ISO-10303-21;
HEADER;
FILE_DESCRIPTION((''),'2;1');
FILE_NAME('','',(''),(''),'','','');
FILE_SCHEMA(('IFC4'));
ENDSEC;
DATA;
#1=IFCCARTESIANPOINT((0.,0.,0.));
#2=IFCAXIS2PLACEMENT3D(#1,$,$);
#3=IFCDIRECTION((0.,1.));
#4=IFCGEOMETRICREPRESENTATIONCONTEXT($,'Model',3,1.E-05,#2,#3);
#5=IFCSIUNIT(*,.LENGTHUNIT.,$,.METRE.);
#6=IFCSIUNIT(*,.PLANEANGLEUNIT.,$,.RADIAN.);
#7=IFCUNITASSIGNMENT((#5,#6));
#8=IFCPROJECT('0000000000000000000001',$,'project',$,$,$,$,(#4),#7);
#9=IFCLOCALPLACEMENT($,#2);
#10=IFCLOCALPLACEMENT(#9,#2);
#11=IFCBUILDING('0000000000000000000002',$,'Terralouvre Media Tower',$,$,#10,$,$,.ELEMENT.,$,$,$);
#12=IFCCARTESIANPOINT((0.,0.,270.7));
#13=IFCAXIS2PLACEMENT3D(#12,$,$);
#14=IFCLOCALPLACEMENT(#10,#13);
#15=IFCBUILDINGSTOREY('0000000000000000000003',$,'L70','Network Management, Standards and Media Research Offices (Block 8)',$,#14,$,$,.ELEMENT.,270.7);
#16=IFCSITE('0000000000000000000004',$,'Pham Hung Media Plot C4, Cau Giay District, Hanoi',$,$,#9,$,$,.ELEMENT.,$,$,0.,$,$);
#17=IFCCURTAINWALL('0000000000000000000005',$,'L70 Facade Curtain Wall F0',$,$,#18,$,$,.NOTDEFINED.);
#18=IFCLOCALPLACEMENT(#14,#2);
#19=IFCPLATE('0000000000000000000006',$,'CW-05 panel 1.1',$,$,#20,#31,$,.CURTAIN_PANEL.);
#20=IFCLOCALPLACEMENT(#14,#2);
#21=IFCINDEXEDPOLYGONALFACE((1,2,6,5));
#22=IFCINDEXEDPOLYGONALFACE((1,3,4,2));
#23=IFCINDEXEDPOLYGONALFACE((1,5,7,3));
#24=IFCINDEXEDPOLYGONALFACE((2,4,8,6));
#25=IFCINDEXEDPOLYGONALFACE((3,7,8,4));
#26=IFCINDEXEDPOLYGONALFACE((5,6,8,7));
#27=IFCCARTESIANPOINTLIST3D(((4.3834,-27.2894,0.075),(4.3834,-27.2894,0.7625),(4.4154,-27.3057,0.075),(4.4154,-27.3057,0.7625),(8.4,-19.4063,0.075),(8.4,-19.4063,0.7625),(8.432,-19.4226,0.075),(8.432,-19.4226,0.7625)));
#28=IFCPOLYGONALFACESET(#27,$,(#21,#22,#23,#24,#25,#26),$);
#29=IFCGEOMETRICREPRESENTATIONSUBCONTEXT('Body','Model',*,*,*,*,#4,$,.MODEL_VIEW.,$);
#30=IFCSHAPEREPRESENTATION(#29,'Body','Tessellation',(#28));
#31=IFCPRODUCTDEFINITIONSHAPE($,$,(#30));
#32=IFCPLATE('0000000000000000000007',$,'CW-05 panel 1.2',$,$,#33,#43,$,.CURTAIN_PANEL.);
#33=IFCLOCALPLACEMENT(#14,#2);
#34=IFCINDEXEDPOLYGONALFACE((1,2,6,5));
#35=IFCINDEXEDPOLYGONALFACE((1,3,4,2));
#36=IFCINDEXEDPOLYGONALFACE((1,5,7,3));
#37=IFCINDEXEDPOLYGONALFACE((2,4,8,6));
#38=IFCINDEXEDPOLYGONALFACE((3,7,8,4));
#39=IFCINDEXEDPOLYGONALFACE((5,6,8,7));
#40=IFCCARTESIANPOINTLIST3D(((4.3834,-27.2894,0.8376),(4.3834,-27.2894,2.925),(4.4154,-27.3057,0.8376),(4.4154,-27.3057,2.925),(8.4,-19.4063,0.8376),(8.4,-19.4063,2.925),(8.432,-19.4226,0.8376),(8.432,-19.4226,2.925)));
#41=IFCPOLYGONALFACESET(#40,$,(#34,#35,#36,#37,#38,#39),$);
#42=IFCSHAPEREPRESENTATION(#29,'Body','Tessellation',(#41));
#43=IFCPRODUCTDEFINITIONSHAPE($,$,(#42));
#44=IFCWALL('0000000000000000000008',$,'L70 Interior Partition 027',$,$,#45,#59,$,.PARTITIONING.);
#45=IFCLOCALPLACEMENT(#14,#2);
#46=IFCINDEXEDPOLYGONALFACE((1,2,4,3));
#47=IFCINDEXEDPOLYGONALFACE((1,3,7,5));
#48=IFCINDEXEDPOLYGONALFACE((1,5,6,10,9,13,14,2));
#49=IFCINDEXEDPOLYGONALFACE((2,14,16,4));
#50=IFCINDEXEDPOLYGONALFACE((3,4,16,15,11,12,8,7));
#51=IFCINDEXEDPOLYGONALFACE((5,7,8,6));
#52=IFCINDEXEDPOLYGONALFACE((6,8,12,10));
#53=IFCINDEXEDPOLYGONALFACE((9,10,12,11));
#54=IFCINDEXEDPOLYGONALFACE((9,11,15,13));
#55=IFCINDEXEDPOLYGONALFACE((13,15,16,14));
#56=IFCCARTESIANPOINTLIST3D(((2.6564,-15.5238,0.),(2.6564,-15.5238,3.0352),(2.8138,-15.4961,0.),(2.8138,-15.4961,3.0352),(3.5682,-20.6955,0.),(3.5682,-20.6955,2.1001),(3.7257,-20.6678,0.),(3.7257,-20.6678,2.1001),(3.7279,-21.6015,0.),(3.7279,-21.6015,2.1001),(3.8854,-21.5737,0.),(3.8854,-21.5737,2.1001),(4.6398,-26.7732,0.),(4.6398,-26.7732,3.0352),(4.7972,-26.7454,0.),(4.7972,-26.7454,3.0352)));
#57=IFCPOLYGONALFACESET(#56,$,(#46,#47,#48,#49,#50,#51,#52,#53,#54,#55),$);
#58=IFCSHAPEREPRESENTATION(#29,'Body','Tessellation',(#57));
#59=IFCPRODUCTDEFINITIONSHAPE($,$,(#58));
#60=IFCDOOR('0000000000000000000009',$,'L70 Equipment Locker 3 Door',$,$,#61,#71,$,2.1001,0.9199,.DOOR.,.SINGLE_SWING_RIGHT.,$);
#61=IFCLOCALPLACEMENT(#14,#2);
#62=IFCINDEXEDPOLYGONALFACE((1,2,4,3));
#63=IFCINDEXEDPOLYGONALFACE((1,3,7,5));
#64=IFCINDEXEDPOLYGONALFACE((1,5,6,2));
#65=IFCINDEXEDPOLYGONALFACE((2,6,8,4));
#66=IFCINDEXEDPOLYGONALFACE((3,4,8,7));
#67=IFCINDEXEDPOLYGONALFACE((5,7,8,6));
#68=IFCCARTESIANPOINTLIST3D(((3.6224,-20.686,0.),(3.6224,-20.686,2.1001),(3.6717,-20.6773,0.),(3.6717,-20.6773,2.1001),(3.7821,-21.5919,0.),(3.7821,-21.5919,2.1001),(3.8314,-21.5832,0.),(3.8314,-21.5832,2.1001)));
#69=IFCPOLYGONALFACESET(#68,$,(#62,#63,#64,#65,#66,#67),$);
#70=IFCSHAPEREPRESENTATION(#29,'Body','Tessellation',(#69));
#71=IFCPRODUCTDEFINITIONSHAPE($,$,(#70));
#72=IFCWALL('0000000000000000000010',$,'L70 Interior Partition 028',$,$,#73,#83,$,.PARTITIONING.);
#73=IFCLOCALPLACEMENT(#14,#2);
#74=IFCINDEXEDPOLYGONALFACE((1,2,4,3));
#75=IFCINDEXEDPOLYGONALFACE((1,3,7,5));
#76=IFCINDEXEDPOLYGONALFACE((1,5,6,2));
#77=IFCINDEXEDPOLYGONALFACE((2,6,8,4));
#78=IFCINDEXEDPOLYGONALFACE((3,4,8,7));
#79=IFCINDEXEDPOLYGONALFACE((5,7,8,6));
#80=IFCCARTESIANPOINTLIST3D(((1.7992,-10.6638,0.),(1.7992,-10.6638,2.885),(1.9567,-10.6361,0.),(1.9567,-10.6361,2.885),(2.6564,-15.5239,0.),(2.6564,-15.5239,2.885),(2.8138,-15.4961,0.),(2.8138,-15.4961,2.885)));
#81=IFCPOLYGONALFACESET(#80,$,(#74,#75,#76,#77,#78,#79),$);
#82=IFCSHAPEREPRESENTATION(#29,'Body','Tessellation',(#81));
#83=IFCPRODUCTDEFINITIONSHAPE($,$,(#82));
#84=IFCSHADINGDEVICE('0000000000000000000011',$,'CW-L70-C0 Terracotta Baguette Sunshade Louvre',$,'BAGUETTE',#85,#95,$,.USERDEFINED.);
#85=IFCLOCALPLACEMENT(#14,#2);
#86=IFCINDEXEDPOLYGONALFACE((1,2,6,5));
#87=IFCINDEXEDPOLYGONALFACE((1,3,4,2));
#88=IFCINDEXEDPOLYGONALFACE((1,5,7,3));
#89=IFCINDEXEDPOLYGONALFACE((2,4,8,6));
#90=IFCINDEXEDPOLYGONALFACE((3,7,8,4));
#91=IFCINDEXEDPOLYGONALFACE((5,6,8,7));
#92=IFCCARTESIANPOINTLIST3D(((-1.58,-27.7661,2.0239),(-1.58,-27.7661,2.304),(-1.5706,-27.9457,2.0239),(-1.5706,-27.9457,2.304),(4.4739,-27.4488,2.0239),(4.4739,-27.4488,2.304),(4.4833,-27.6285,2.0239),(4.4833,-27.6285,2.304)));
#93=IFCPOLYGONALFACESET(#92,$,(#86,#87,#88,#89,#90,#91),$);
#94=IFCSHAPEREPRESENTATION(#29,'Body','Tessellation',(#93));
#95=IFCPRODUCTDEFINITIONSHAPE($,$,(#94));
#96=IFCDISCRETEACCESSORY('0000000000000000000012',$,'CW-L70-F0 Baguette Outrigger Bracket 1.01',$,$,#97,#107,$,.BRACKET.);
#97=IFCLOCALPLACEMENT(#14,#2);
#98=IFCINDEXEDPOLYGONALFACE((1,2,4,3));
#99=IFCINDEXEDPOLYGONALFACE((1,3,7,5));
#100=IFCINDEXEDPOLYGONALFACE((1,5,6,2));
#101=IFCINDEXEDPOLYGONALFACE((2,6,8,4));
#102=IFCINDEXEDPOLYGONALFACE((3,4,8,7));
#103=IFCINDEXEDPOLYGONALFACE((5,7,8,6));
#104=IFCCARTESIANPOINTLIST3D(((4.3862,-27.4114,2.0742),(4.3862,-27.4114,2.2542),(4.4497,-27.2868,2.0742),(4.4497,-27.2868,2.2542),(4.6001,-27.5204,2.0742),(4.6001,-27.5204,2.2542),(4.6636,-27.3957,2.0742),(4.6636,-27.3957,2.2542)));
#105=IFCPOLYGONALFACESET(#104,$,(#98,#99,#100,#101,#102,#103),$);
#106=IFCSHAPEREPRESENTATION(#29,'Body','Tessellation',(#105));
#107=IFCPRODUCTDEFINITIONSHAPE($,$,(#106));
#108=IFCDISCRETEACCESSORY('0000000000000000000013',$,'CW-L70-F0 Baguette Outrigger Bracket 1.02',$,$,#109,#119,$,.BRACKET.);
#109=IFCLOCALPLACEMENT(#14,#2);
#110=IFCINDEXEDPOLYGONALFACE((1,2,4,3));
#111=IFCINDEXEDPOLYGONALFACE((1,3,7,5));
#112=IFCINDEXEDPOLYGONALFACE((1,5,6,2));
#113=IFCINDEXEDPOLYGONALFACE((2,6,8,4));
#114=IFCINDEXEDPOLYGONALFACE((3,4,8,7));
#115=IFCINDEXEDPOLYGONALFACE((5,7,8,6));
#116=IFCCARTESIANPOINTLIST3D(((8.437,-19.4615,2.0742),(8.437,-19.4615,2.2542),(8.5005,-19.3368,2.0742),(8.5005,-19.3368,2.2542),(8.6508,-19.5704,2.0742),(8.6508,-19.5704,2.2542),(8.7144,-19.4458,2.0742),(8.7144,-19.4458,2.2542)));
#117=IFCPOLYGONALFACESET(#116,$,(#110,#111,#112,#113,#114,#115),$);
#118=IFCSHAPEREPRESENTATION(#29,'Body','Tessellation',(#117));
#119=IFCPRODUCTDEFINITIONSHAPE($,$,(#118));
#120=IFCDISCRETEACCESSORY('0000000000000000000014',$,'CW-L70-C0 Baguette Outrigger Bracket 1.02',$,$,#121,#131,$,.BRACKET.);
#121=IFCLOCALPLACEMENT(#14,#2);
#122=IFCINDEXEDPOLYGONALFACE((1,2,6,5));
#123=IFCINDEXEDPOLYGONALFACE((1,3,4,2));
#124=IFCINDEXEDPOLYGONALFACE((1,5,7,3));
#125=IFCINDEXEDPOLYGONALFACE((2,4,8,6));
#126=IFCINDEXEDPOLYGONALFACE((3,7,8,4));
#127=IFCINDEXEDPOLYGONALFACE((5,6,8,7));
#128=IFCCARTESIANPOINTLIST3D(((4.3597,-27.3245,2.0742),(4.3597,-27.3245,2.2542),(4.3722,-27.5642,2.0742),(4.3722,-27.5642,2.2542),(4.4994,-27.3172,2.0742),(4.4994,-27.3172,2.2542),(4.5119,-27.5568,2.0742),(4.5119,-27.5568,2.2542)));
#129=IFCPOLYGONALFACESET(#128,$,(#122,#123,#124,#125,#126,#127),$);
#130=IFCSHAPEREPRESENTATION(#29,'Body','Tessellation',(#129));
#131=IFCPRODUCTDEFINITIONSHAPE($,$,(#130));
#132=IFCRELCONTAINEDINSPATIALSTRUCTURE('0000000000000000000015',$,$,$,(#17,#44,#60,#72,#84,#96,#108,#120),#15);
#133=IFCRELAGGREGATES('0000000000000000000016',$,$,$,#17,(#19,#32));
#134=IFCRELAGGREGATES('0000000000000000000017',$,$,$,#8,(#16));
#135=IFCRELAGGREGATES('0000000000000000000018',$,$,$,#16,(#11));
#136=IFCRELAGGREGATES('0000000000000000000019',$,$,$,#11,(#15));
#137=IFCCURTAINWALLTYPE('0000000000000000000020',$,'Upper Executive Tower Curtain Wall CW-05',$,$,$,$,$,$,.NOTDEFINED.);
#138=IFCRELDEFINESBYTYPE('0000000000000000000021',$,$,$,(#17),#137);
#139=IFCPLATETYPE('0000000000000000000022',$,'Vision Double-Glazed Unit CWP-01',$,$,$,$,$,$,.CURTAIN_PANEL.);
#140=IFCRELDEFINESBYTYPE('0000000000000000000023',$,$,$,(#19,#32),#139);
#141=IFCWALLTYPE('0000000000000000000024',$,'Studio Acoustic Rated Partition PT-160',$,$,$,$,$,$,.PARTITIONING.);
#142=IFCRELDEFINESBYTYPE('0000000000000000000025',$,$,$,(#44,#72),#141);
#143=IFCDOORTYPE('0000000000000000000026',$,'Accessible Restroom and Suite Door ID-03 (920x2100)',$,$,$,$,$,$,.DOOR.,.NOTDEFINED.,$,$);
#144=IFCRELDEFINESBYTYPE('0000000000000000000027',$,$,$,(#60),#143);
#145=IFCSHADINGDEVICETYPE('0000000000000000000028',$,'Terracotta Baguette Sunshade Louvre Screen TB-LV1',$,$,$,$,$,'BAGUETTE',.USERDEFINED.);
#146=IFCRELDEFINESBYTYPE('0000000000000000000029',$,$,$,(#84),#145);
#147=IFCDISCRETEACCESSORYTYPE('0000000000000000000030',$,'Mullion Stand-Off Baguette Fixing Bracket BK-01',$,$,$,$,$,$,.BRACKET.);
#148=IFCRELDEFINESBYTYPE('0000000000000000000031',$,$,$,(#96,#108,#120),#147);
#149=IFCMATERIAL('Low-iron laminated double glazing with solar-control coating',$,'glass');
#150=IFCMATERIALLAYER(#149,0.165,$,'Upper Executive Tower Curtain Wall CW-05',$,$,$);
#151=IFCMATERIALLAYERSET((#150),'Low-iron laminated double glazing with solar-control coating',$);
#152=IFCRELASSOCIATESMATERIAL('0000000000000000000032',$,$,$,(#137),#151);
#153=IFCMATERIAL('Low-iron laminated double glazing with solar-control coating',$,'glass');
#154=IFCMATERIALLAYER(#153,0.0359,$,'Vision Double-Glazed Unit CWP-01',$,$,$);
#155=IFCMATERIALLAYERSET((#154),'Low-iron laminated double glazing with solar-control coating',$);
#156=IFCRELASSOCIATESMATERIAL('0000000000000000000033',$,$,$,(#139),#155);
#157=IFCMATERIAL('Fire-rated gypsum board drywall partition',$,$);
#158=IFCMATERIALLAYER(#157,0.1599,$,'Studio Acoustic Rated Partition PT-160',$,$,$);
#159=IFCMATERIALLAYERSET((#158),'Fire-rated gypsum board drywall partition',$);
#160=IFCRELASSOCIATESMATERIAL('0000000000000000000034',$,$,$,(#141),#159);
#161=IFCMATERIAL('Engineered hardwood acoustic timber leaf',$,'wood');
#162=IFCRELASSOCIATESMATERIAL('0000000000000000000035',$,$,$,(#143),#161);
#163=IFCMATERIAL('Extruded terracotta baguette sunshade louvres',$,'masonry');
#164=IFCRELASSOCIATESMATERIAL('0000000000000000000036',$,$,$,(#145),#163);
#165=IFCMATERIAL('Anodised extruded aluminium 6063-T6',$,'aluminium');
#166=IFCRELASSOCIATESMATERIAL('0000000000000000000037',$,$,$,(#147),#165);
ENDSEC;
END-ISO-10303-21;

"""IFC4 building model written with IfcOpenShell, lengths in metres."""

from ifc_helpers import new_model, si_unit, direction, frame, frame_2d, origin, origin_2d, place, context, subcontext, project, spatial, rectangle, extrude, material, layer, layer_set, type_object, element, fill, aggregate, save


model = new_model("IFC4")

# Units and contexts
model_context = context("Model", 3, precision=1e-05, world=origin(), true_north=direction((0.0, 1.0)))
body_context = subcontext(model_context, "Body", "Model", "MODEL_VIEW")
ifc_project = project(units=[si_unit("LENGTHUNIT", "METRE"), si_unit("PLANEANGLEUNIT", "RADIAN")], contexts=[model_context])

# Site, building, storey
site_placement = place(None, origin())
site = spatial("IfcSite", under=ifc_project, at=site_placement, Name="Pham Hung Media Plot C4, Cau Giay District, Hanoi", CompositionType="ELEMENT", RefElevation=0.0)
building_placement = place(site_placement, origin())
building = spatial("IfcBuilding", under=site, at=building_placement, Name="Terralouvre Media Tower", CompositionType="ELEMENT")
storey_placement = place(building_placement, frame((0.0, 0.0, 270.7)))
storey = spatial("IfcBuildingStorey", under=building, at=storey_placement, Name="L70", Description="Network Management, Standards and Media Research Offices (Block 8)", CompositionType="ELEMENT", Elevation=270.7)

# Curtain wall
ifc_material_1 = material(Name="Low-iron laminated double glazing with solar-control coating", Category="glass")
ifc_layer_1 = layer(ifc_material_1, 0.165, Name="Upper Executive Tower Curtain Wall CW-05")
ifc_layer_set_1 = layer_set([ifc_layer_1], Name="Low-iron laminated double glazing with solar-control coating")
curtain_wall_type_1 = type_object("IfcCurtainWallType", Name="Upper Executive Tower Curtain Wall CW-05", PredefinedType="NOTDEFINED", material=ifc_layer_set_1)
curtain_wall_1_placement = place(storey_placement, origin())
curtain_wall_1 = element("IfcCurtainWall", 1, at=curtain_wall_1_placement, inside=storey, type_object=curtain_wall_type_1, Name="L70 Facade Curtain Wall F0", PredefinedType="NOTDEFINED")

# Plates
ifc_material_2 = material(Name="Low-iron laminated double glazing with solar-control coating", Category="glass")
ifc_layer_2 = layer(ifc_material_2, 0.0359, Name="Vision Double-Glazed Unit CWP-01")
ifc_layer_set_2 = layer_set([ifc_layer_2], Name="Low-iron laminated double glazing with solar-control coating")
plate_type_1 = type_object("IfcPlateType", Name="Vision Double-Glazed Unit CWP-01", PredefinedType="CURTAIN_PANEL", material=ifc_layer_set_2)
plate_1_placement = place(storey_placement, frame((6.4077, -23.356, 0.075), z_axis=(0.0, 0.0, 1.0), x_axis=(0.45399, 0.891007, 0.0)))
plate_1 = element("IfcPlate", 2, at=plate_1_placement, type_object=plate_type_1, Name="CW-05 panel 1.1", PredefinedType="CURTAIN_PANEL", context=body_context, shape_type="SweptSolid", body=[
    extrude(rectangle(XDim=8.8474, YDim=0.0359, at=origin_2d()), origin(), (0.0, 0.0, 1.0), 0.6875),
])
plate_2_placement = place(storey_placement, frame((6.4077, -23.356, 0.8376), z_axis=(0.0, 0.0, 1.0), x_axis=(0.45399, 0.891007, 0.0)))
plate_2 = element("IfcPlate", 3, at=plate_2_placement, type_object=plate_type_1, Name="CW-05 panel 1.2", PredefinedType="CURTAIN_PANEL", context=body_context, shape_type="SweptSolid", body=[
    extrude(rectangle(XDim=8.8474, YDim=0.0359, at=origin_2d()), origin(), (0.0, 0.0, 1.0), 2.0874),
])
aggregate(curtain_wall_1, [plate_1, plate_2])

# Wall, opening, door
ifc_material_3 = material(Name="Fire-rated gypsum board drywall partition")
ifc_layer_3 = layer(ifc_material_3, 0.1599, Name="Studio Acoustic Rated Partition PT-160")
ifc_layer_set_3 = layer_set([ifc_layer_3], Name="Fire-rated gypsum board drywall partition")
wall_type = type_object("IfcWallType", Name="Studio Acoustic Rated Partition PT-160", PredefinedType="PARTITIONING", material=ifc_layer_set_3)
wall_1_placement = place(storey_placement, frame((4.7185, -26.7593, 0.0), z_axis=(0.0, 0.0, 1.0), x_axis=(-0.173635, 0.98481, 0.0)))
wall_1 = element("IfcWall", 4, at=wall_1_placement, inside=storey, type_object=wall_type, Name="L70 Interior Partition 027", PredefinedType="PARTITIONING", context=body_context, shape_type="SweptSolid", body=[
    extrude(rectangle(XDim=11.4229, YDim=0.1599, at=frame_2d((5.7114, 0.0))), origin(), (0.0, 0.0, 1.0), 3.0352),
])
opening_placement = place(wall_1_placement, frame((5.2515, 0.0, 0.0)))
opening = element("IfcOpeningElement", 5, at=opening_placement, cuts=wall_1, PredefinedType="OPENING", context=body_context, shape_type="SweptSolid", body=[
    extrude(rectangle(XDim=0.9199, YDim=2.1001, at=frame_2d((0.46, 1.05))), frame((0.0, 0.0898, 0.0), z_axis=(0.0, -1.0, 0.0), x_axis=(1.0, 0.0, 0.0)), (0.0, 0.0, 1.0), 0.1799),
])
ifc_material_4 = material(Name="Engineered hardwood acoustic timber leaf", Category="wood")
door_type = type_object("IfcDoorType", Name="Accessible Restroom and Suite Door ID-03 (920x2100)", OperationType="NOTDEFINED", PredefinedType="DOOR", material=ifc_material_4)
door_placement = place(opening_placement, origin())
door = element("IfcDoor", 6, at=door_placement, inside=storey, type_object=door_type, Name="L70 Equipment Locker 3 Door", OperationType="SINGLE_SWING_RIGHT", OverallHeight=2.1001, OverallWidth=0.9199, PredefinedType="DOOR", context=body_context, shape_type="SweptSolid", body=[
    extrude(rectangle(XDim=0.9199, YDim=2.1001, at=frame_2d((0.46, 1.05))), frame((0.0, 0.0249, 0.0), z_axis=(0.0, -1.0, 0.0), x_axis=(1.0, 0.0, 0.0)), (0.0, 0.0, 1.0), 0.05),
])
fill(opening, door)

# Wall
wall_2_placement = place(storey_placement, frame((2.7351, -15.51, 0.0), z_axis=(0.0, 0.0, 1.0), x_axis=(-0.173689, 0.9848, 0.0)))
element("IfcWall", 7, at=wall_2_placement, inside=storey, type_object=wall_type, Name="L70 Interior Partition 028", PredefinedType="PARTITIONING", context=body_context, shape_type="SweptSolid", body=[
    extrude(rectangle(XDim=4.9351, YDim=0.1599, at=frame_2d((2.4675, 0.0))), origin(), (0.0, 0.0, 1.0), 2.885),
])

# Shading device
ifc_material_5 = material(Name="Extruded terracotta baguette sunshade louvres", Category="masonry")
shading_device_type = type_object("IfcShadingDeviceType", Name="Terracotta Baguette Sunshade Louvre Screen TB-LV1", ElementType="BAGUETTE", PredefinedType="USERDEFINED", material=ifc_material_5)
shading_device_placement = place(storey_placement, frame((1.4517, -27.6973, 2.0239), z_axis=(0.0, 0.0, 1.0), x_axis=(0.99863, 0.052336, 0.0)))
element("IfcShadingDevice", 8, at=shading_device_placement, inside=storey, type_object=shading_device_type, Name="CW-L70-C0 Terracotta Baguette Sunshade Louvre", ObjectType="BAGUETTE", PredefinedType="USERDEFINED", context=body_context, shape_type="SweptSolid", body=[
    extrude(rectangle(XDim=6.0623, YDim=0.1799, at=origin_2d()), origin(), (0.0, 0.0, 1.0), 0.28),
])

# Discrete accessories
ifc_material_6 = material(Name="Anodised extruded aluminium 6063-T6", Category="aluminium")
discrete_accessory_type = type_object("IfcDiscreteAccessoryType", Name="Mullion Stand-Off Baguette Fixing Bracket BK-01", PredefinedType="BRACKET", material=ifc_material_6)
for number, where, z_axis, x_axis, name in (
    (9, (4.5249, -27.4036, 2.0742), (0.0, 0.0, 1.0), (0.45399, 0.891007, 0.0), "CW-L70-F0 Baguette Outrigger Bracket 1.01"),
    (10, (8.5757, -19.4536, 2.0742), (0.0, 0.0, 1.0), (0.45399, 0.891007, 0.0), "CW-L70-F0 Baguette Outrigger Bracket 1.02"),
    (11, (4.4358, -27.4407, 2.0742), (0.0, 0.0, 1.0), (0.99863, 0.052336, 0.0), "CW-L70-C0 Baguette Outrigger Bracket 1.02"),
):
    element("IfcDiscreteAccessory", number, at=place(storey_placement, frame(where, z_axis=z_axis, x_axis=x_axis)), inside=storey, type_object=discrete_accessory_type, Name=name, PredefinedType="BRACKET", context=body_context, shape_type="SweptSolid", body=[
        extrude(rectangle(XDim=0.1399, YDim=0.24, at=origin_2d()), origin(), (0.0, 0.0, 1.0), 0.1799),
    ])

save(model, "model.ifc")
